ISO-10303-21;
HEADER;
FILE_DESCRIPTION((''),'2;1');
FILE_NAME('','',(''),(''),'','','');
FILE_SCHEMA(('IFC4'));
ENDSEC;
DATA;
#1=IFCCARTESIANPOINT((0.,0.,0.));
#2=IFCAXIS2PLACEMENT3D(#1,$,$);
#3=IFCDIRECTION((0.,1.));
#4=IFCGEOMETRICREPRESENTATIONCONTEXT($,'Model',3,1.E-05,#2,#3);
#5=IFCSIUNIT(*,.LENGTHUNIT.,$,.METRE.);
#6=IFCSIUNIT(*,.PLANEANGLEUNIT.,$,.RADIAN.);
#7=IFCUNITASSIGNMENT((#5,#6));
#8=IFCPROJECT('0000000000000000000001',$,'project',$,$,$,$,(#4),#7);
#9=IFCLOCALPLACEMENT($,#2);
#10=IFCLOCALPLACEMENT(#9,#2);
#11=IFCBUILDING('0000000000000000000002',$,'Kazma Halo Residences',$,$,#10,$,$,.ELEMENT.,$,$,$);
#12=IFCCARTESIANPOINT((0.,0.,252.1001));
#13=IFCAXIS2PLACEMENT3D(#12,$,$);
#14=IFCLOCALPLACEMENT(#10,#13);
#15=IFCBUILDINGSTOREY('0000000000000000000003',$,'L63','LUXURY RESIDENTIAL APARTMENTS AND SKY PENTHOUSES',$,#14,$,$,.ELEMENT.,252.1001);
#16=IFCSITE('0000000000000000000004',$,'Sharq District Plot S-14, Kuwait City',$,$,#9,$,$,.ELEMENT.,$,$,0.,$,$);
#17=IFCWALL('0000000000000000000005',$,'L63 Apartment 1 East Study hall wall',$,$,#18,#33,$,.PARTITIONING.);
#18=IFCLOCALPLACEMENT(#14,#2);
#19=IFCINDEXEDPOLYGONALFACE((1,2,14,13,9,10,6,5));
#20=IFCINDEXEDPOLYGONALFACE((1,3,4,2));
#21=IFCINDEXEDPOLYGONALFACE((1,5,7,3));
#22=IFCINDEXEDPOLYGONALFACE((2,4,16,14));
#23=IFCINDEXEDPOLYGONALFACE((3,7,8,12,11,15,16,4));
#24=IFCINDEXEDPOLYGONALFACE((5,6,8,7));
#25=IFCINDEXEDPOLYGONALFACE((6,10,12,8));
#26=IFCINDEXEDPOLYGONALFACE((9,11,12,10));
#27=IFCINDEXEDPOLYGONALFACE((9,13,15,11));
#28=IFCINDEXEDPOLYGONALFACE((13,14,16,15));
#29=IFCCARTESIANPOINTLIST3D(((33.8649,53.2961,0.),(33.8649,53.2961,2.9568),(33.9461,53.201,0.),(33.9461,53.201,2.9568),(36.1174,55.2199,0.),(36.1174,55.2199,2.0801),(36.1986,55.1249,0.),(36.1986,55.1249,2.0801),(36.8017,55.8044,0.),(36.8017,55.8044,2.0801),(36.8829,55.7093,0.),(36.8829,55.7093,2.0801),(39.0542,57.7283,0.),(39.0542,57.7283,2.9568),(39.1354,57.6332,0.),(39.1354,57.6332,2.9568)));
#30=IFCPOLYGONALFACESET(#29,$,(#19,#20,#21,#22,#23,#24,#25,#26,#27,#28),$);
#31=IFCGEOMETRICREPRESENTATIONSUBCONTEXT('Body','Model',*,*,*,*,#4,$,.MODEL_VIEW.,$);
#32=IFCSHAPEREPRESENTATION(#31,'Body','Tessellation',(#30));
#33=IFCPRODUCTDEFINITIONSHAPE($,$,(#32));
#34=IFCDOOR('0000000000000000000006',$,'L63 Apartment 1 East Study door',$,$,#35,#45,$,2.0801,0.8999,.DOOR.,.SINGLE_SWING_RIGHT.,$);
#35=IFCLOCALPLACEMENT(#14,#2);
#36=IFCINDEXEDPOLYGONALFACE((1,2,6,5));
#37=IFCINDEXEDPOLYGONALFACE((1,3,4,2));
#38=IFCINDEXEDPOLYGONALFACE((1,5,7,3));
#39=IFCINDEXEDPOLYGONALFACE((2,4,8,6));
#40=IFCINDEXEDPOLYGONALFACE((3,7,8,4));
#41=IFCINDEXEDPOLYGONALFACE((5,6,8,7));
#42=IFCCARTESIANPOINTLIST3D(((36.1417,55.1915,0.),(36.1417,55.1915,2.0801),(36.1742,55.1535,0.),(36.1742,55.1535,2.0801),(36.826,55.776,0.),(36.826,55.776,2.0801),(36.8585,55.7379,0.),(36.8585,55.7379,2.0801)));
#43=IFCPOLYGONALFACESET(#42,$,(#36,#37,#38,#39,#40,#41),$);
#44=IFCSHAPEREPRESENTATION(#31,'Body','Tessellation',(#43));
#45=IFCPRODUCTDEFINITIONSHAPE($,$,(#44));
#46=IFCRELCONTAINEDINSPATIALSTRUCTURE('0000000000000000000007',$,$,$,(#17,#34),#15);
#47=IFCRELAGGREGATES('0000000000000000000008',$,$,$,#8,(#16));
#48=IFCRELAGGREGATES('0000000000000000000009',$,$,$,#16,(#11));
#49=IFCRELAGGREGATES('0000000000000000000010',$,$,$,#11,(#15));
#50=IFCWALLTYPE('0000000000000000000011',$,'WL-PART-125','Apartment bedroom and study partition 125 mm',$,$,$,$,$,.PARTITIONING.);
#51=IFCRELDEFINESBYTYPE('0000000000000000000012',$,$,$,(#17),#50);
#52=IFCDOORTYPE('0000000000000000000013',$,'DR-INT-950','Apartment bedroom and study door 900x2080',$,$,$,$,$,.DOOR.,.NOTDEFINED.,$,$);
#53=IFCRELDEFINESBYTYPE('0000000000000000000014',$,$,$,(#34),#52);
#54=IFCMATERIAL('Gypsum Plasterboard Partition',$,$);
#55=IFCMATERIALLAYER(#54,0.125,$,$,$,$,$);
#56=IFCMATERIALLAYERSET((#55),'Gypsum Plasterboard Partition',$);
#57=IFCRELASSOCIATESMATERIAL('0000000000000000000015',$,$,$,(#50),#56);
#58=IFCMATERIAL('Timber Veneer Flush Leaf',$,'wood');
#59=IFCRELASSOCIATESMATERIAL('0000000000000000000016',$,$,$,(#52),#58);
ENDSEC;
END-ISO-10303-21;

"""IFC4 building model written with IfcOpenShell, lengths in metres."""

from ifc_helpers import new_model, si_unit, direction, frame, frame_2d, origin, place, context, subcontext, project, spatial, rectangle, extrude, material, layer, layer_set, type_object, element, fill, save


model = new_model("IFC4")

# Units and contexts
model_context = context("Model", 3, precision=1e-05, world=origin(), true_north=direction((0.0, 1.0)))
body_context = subcontext(model_context, "Body", "Model", "MODEL_VIEW")
ifc_project = project(units=[si_unit("LENGTHUNIT", "METRE"), si_unit("PLANEANGLEUNIT", "RADIAN")], contexts=[model_context])

# Site, building, storey
site_placement = place(None, origin())
site = spatial("IfcSite", under=ifc_project, at=site_placement, Name="Sharq District Plot S-14, Kuwait City", CompositionType="ELEMENT", RefElevation=0.0)
building_placement = place(site_placement, origin())
building = spatial("IfcBuilding", under=site, at=building_placement, Name="Kazma Halo Residences", CompositionType="ELEMENT")
storey_placement = place(building_placement, frame((0.0, 0.0, 252.1001)))
storey = spatial("IfcBuildingStorey", under=building, at=storey_placement, Name="L63", Description="LUXURY RESIDENTIAL APARTMENTS AND SKY PENTHOUSES", CompositionType="ELEMENT", Elevation=252.1001)

# Shared definitions
ifc_material_1 = material(Name="Gypsum Plasterboard Partition")
ifc_layer_1 = layer(ifc_material_1, 0.125)
ifc_layer_set_1 = layer_set([ifc_layer_1], Name="Gypsum Plasterboard Partition")
wall_type_1 = type_object("IfcWallType", Name="WL-PART-125", Description="Apartment bedroom and study partition 125 mm", PredefinedType="PARTITIONING", material=ifc_layer_set_1)

# Wall, opening, door
wall_1_placement = place(storey_placement, frame((39.0947, 57.6807, 0.0), z_axis=(0.0, 0.0, 1.0), x_axis=(-0.760397, -0.649459, 0.0)))
wall_1 = element("IfcWall", 1, at=wall_1_placement, inside=storey, type_object=wall_type_1, Name="L63 Apartment 1 East Study hall wall", PredefinedType="PARTITIONING", context=body_context, shape_type="SweptSolid", body=[
    extrude(rectangle(XDim=6.8245, YDim=0.125, at=frame_2d((3.4121, 0.0))), origin(), (0.0, 0.0, 1.0), 2.9568),
])
opening_1_placement = place(wall_1_placement, frame((2.9622, 0.0, 0.0)))
opening_1 = element("IfcOpeningElement", 2, at=opening_1_placement, cuts=wall_1, PredefinedType="OPENING", context=body_context, shape_type="SweptSolid", body=[
    extrude(rectangle(XDim=0.8999, YDim=2.0801, at=frame_2d((0.45, 1.04))), frame((0.0, 0.0725, 0.0), z_axis=(0.0, -1.0, 0.0), x_axis=(1.0, 0.0, 0.0)), (0.0, 0.0, 1.0), 0.145),
])
ifc_material_2 = material(Name="Timber Veneer Flush Leaf", Category="wood")
door_type_1 = type_object("IfcDoorType", Name="DR-INT-950", Description="Apartment bedroom and study door 900x2080", OperationType="NOTDEFINED", PredefinedType="DOOR", material=ifc_material_2)
door_1_placement = place(opening_1_placement, origin())
door_1 = element("IfcDoor", 3, at=door_1_placement, inside=storey, type_object=door_type_1, Name="L63 Apartment 1 East Study door", OperationType="SINGLE_SWING_RIGHT", OverallHeight=2.0801, OverallWidth=0.8999, PredefinedType="DOOR", context=body_context, shape_type="SweptSolid", body=[
    extrude(rectangle(XDim=0.8999, YDim=2.0801, at=frame_2d((0.45, 1.04))), frame((0.0, 0.0249, 0.0), z_axis=(0.0, -1.0, 0.0), x_axis=(1.0, 0.0, 0.0)), (0.0, 0.0, 1.0), 0.05),
])
fill(opening_1, door_1)

save(model, "model.ifc")
